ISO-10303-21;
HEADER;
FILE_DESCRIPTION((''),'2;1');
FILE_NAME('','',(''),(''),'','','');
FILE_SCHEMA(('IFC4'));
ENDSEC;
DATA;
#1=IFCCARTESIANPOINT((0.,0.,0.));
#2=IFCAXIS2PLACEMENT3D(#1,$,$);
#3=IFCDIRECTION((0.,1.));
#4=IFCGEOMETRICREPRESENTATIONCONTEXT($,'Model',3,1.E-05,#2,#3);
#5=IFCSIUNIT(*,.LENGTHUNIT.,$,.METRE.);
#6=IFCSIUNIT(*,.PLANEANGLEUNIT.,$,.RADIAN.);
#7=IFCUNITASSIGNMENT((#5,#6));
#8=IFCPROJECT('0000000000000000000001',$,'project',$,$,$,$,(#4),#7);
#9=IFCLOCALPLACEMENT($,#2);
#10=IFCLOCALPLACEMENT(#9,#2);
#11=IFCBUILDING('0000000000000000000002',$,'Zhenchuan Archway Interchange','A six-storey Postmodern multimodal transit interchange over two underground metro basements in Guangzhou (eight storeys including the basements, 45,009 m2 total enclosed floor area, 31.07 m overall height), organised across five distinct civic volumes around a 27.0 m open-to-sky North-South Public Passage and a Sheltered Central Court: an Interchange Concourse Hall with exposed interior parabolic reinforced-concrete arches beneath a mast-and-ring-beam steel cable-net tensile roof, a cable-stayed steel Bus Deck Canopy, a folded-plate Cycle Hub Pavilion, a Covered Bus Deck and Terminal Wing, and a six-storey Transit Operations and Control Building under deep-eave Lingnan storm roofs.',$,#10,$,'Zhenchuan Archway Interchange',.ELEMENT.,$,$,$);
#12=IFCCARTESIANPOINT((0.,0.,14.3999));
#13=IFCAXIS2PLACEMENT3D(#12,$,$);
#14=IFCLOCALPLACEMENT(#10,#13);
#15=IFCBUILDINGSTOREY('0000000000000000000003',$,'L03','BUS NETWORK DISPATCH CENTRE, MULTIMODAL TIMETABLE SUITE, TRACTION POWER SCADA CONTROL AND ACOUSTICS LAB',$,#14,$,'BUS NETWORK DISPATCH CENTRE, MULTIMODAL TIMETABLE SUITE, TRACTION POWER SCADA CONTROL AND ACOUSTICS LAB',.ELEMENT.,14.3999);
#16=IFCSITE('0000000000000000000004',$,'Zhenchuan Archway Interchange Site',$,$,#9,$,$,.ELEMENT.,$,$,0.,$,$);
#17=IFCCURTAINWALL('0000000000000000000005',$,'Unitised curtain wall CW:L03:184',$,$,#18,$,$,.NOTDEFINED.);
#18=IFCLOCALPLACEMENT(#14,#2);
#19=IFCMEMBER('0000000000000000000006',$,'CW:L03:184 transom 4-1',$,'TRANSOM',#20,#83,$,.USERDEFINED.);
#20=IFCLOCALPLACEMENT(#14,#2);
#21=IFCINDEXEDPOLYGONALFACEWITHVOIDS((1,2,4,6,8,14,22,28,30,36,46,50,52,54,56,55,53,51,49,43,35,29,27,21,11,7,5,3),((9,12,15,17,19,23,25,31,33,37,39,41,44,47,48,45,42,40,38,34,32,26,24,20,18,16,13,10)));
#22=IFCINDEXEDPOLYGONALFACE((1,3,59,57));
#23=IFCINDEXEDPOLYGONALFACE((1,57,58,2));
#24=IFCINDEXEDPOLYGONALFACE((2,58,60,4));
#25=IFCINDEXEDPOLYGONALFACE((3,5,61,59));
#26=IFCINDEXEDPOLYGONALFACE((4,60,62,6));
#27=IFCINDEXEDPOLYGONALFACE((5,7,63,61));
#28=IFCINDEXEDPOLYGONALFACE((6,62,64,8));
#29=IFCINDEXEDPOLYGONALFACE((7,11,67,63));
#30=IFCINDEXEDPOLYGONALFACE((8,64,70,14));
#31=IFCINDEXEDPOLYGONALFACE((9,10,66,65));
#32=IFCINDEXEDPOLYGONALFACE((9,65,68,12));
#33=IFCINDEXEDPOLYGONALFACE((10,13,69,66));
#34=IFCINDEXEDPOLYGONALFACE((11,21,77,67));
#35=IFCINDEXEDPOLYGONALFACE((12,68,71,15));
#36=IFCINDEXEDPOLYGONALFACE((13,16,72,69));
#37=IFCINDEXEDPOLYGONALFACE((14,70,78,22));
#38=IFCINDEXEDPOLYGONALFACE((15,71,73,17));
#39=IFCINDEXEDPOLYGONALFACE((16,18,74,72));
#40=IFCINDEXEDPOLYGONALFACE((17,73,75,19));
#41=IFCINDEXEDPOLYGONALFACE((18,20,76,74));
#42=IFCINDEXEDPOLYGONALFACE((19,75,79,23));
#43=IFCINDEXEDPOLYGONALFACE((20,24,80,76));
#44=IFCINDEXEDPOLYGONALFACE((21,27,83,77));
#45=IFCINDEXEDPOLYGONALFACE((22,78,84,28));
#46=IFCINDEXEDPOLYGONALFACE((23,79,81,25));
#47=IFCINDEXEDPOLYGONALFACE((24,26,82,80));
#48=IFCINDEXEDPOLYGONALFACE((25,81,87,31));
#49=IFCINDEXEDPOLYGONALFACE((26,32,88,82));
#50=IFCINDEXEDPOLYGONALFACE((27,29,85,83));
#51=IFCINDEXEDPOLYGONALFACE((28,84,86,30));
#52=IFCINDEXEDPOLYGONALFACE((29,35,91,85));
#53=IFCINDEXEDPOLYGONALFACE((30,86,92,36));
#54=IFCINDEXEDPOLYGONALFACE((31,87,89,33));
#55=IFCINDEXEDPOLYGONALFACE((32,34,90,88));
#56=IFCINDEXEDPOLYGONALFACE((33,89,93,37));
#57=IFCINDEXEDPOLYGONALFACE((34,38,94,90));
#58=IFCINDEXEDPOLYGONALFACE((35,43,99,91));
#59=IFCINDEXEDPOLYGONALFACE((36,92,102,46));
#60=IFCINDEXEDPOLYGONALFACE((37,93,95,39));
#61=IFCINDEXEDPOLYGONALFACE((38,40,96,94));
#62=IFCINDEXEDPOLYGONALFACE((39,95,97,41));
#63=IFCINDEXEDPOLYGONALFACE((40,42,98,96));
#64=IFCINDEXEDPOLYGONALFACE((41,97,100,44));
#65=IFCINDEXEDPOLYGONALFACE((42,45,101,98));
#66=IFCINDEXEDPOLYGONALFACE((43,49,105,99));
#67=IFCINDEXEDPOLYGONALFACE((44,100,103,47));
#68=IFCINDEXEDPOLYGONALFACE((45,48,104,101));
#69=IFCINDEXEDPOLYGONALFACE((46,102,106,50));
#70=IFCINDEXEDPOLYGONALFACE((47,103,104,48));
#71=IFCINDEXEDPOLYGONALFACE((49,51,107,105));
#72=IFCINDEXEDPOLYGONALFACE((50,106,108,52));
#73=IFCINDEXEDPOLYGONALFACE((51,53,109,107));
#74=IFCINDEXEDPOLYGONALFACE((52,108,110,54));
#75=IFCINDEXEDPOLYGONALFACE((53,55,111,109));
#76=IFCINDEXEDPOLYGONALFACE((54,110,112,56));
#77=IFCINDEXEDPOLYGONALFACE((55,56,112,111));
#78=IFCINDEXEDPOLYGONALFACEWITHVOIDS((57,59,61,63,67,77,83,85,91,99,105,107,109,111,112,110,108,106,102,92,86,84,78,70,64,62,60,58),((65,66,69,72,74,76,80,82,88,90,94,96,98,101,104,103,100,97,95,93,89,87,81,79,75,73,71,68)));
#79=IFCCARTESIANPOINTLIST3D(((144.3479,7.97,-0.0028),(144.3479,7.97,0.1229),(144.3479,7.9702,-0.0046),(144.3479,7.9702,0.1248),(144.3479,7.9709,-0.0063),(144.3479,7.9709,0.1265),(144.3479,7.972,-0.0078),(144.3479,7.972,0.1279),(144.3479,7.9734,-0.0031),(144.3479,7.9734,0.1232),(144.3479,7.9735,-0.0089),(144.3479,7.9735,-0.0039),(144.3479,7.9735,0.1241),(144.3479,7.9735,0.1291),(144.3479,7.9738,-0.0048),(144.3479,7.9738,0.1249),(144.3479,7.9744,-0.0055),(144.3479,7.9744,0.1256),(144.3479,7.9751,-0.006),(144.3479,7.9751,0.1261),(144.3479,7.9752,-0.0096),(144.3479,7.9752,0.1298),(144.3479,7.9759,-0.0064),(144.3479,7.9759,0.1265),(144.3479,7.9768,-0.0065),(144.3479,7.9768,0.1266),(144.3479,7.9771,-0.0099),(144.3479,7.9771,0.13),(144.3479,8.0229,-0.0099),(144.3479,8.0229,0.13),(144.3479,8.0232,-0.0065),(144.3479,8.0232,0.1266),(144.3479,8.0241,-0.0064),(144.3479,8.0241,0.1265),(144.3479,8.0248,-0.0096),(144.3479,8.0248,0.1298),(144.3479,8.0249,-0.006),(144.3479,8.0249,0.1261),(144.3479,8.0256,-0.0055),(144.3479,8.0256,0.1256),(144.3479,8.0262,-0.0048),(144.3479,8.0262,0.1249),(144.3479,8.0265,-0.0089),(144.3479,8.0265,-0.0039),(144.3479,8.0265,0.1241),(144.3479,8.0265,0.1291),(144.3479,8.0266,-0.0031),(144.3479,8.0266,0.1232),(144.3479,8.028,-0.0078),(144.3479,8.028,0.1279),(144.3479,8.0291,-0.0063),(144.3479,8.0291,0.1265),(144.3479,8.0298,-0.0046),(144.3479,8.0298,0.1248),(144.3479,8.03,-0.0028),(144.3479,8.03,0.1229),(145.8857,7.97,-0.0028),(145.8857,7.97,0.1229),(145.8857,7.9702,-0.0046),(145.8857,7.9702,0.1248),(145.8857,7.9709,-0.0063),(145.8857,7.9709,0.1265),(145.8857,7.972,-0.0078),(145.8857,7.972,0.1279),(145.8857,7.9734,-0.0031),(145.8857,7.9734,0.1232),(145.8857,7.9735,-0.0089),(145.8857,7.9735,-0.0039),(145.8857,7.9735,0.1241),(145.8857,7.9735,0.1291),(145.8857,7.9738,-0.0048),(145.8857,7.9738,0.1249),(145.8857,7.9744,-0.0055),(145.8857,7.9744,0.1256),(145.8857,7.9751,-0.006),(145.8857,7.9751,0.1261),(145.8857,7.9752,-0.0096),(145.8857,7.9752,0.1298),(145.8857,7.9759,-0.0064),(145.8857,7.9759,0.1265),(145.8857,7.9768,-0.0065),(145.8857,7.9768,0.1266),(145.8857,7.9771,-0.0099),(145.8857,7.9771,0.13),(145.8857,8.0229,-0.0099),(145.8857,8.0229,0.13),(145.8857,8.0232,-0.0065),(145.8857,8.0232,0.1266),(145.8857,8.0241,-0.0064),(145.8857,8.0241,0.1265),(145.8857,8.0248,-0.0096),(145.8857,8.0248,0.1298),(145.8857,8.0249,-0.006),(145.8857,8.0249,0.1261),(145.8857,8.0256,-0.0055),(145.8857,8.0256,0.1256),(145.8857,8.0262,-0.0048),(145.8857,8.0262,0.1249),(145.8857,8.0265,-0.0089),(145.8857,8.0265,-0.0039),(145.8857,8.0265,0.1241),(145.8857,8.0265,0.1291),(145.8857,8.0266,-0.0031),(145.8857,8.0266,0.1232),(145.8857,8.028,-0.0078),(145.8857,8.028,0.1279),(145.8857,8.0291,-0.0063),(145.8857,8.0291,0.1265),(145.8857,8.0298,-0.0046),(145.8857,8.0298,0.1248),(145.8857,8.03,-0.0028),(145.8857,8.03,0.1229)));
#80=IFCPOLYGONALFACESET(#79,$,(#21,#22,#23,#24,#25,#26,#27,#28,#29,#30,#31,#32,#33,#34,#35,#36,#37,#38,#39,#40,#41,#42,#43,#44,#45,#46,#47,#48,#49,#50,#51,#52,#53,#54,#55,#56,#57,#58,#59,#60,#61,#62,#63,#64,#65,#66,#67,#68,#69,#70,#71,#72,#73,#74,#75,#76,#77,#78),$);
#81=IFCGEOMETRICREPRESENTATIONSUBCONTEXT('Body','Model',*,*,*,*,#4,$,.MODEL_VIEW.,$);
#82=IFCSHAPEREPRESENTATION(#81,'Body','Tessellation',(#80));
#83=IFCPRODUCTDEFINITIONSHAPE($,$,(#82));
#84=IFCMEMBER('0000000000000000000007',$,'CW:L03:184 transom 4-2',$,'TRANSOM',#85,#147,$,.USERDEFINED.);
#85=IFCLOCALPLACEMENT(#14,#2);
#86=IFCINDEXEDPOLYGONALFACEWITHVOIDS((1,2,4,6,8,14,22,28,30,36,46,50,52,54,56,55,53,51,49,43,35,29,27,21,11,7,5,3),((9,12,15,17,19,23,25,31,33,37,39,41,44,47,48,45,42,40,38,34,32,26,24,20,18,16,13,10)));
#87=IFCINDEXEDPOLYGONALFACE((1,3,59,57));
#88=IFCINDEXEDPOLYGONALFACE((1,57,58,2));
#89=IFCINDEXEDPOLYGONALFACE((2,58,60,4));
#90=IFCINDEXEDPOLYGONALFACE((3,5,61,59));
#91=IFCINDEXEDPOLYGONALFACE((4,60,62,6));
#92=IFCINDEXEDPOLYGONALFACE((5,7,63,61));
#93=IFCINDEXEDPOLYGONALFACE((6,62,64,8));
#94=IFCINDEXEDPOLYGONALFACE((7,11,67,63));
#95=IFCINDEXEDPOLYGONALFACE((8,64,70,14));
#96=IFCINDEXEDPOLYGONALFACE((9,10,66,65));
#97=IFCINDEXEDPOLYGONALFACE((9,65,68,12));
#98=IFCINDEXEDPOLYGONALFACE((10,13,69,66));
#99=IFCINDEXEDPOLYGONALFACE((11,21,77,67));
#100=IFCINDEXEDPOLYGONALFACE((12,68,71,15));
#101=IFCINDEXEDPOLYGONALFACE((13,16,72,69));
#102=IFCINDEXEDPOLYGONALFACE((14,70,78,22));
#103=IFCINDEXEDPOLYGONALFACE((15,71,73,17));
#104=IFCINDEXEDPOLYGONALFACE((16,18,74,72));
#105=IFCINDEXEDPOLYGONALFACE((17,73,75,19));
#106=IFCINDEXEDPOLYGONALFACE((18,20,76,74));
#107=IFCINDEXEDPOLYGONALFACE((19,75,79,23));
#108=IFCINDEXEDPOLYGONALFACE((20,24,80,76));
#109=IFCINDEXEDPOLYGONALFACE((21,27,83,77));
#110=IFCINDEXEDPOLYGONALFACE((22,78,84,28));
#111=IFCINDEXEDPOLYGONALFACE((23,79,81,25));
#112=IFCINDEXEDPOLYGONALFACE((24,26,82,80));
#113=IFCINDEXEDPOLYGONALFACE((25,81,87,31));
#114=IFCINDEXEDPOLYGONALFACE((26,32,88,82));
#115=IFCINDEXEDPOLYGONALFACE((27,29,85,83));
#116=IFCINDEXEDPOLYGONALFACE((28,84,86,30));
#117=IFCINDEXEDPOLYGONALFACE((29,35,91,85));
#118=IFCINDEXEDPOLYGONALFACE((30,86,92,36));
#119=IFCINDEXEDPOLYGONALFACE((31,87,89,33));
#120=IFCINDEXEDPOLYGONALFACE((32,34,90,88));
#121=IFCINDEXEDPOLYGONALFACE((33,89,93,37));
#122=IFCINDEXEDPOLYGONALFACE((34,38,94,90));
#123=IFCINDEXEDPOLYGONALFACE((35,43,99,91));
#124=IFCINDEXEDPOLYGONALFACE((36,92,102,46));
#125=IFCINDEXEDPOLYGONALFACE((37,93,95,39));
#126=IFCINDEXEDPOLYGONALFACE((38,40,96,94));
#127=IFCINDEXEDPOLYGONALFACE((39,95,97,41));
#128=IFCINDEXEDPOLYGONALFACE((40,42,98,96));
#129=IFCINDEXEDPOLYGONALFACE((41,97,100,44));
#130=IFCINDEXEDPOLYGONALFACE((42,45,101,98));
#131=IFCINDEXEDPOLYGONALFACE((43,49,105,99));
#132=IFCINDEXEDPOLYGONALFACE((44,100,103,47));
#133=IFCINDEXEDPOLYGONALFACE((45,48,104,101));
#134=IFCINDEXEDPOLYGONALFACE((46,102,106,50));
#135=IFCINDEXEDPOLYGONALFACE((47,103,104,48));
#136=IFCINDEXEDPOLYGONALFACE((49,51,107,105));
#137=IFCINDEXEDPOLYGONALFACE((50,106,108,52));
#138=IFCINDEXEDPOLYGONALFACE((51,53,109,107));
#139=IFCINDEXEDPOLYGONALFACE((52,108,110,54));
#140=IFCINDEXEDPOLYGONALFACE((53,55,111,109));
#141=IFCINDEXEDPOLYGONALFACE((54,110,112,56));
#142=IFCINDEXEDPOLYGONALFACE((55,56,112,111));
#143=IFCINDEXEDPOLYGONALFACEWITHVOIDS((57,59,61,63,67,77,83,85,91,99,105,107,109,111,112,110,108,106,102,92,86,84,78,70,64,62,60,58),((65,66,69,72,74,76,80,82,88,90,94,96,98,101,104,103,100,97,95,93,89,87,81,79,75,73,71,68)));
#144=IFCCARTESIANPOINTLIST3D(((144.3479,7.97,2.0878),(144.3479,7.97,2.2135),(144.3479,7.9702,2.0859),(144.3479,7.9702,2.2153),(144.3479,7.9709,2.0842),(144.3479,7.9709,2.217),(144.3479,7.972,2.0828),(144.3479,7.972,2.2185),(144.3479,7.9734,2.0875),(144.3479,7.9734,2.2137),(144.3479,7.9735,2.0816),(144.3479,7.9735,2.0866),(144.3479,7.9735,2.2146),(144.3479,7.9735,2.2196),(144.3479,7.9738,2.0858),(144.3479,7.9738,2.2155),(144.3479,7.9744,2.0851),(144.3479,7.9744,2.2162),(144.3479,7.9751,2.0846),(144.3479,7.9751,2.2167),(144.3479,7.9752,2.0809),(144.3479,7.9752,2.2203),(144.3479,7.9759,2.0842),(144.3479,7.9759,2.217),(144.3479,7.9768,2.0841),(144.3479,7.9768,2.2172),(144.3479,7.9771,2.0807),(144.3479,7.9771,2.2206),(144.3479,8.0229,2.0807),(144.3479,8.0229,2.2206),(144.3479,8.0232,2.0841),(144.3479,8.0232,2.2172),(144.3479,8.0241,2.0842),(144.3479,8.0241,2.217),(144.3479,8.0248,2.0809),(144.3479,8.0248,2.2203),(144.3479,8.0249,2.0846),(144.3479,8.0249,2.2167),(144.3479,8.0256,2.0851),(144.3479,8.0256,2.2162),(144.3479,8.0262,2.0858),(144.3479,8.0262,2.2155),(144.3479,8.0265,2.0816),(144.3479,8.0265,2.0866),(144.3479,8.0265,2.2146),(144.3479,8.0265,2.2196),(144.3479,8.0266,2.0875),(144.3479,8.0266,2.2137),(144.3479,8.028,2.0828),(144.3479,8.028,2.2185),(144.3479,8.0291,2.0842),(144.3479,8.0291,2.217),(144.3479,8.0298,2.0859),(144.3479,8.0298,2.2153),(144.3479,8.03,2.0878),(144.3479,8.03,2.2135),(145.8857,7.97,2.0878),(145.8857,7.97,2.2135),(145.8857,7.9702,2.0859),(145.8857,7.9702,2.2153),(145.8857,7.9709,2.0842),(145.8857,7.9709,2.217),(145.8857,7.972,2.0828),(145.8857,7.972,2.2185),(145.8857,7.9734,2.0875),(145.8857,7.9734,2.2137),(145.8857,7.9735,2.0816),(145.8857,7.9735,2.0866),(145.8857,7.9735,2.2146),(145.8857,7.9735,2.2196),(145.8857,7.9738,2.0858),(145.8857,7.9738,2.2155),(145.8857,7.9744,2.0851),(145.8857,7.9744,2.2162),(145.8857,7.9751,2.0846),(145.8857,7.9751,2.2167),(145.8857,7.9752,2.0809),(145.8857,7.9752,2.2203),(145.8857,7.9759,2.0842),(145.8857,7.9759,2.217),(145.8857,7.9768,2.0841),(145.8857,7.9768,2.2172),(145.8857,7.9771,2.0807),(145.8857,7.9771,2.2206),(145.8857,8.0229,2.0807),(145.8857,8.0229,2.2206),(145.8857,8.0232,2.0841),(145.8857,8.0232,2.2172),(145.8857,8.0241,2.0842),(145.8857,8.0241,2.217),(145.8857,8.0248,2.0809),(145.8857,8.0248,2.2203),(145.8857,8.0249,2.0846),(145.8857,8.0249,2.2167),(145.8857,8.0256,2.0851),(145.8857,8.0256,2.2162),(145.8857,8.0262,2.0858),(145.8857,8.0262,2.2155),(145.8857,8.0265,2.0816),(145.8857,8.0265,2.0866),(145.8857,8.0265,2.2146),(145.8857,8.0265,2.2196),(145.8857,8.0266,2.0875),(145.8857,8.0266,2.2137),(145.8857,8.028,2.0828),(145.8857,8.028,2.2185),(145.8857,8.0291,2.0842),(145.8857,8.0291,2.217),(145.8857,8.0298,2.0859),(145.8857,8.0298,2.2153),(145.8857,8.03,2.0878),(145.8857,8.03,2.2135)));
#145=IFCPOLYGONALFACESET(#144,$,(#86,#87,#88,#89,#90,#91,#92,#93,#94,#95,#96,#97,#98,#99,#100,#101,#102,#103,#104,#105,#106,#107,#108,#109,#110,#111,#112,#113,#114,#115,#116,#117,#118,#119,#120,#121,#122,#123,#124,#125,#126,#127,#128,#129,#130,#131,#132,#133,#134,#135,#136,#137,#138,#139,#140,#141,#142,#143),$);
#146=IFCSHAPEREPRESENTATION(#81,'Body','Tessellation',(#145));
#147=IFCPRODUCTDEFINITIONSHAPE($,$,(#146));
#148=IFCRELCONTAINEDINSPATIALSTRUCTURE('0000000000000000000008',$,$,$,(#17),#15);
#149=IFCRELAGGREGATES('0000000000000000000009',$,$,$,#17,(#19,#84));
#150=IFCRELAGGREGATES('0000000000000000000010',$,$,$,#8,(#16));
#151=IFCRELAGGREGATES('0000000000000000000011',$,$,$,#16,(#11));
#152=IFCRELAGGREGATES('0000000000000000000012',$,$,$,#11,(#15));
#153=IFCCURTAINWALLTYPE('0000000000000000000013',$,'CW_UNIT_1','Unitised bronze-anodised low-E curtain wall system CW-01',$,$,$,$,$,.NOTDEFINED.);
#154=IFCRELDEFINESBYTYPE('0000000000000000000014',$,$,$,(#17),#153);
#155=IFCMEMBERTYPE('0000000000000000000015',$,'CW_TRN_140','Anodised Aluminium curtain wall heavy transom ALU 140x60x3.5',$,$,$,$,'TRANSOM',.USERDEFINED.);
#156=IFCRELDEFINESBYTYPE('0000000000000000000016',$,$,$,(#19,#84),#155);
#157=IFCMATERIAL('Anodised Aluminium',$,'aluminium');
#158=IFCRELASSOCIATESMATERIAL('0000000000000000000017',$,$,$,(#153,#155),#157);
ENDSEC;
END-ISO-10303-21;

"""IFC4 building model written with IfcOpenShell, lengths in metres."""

from ifc_helpers import new_model, si_unit, direction, frame, origin, origin_2d, place, context, subcontext, project, spatial, hollow_rectangle, extrude, material, material_profile, profile_set, type_object, element, aggregate, save


model = new_model("IFC4")

# Units and contexts
model_context = context("Model", 3, precision=1e-05, world=origin(), true_north=direction((0.0, 1.0)))
body_context = subcontext(model_context, "Body", "Model", "MODEL_VIEW")
ifc_project = project(units=[si_unit("LENGTHUNIT", "METRE"), si_unit("PLANEANGLEUNIT", "RADIAN")], contexts=[model_context])

# Site, building, storey
site_placement = place(None, origin())
site = spatial("IfcSite", under=ifc_project, at=site_placement, Name="Zhenchuan Archway Interchange Site", CompositionType="ELEMENT", RefElevation=0.0)
building_placement = place(site_placement, origin())
building = spatial("IfcBuilding", under=site, at=building_placement, Name="Zhenchuan Archway Interchange", Description="A six-storey Postmodern multimodal transit interchange over two underground metro basements in Guangzhou (eight storeys including the basements, 45,009 m2 total enclosed floor area, 31.07 m overall height), organised across five distinct civic volumes around a 27.0 m open-to-sky North-South Public Passage and a Sheltered Central Court: an Interchange Concourse Hall with exposed interior parabolic reinforced-concrete arches beneath a mast-and-ring-beam steel cable-net tensile roof, a cable-stayed steel Bus Deck Canopy, a folded-plate Cycle Hub Pavilion, a Covered Bus Deck and Terminal Wing, and a six-storey Transit Operations and Control Building under deep-eave Lingnan storm roofs.", LongName="Zhenchuan Archway Interchange", CompositionType="ELEMENT")
storey_placement = place(building_placement, frame((0.0, 0.0, 14.3999)))
storey = spatial("IfcBuildingStorey", under=building, at=storey_placement, Name="L03", Description="BUS NETWORK DISPATCH CENTRE, MULTIMODAL TIMETABLE SUITE, TRACTION POWER SCADA CONTROL AND ACOUSTICS LAB", LongName="BUS NETWORK DISPATCH CENTRE, MULTIMODAL TIMETABLE SUITE, TRACTION POWER SCADA CONTROL AND ACOUSTICS LAB", CompositionType="ELEMENT", Elevation=14.3999)

# Curtain wall, members
ifc_material_1 = material(Name="Anodised Aluminium", Category="aluminium")
curtain_wall_type = type_object("IfcCurtainWallType", Name="CW_UNIT_1", Description="Unitised bronze-anodised low-E curtain wall system CW-01", PredefinedType="NOTDEFINED", material=ifc_material_1)
curtain_wall_placement = place(storey_placement, origin())
curtain_wall = element("IfcCurtainWall", 1, at=curtain_wall_placement, inside=storey, type_object=curtain_wall_type, Name="Unitised curtain wall CW:L03:184", PredefinedType="NOTDEFINED")
ifc_material_profile_1 = material_profile(ifc_material_1, hollow_rectangle(XDim=0.0601, YDim=0.1399, WallThickness=0.0034, InnerFilletRadius=0.0034, OuterFilletRadius=0.0071, at=origin_2d()), Name="ALU 140x60x3.5")
ifc_profile_set_1 = profile_set([ifc_material_profile_1], Name="Anodised Aluminium")
member_type_1 = type_object("IfcMemberType", Name="CW_TRN_140", Description="Anodised Aluminium curtain wall heavy transom ALU 140x60x3.5", ElementType="TRANSOM", PredefinedType="USERDEFINED", material=ifc_profile_set_1)
member_1_placement = place(storey_placement, frame((145.8857, 8.0, 0.0601), z_axis=(-1.0, 0.0, 0.0), x_axis=(0.0, -1.0, 0.0)))
member_1 = element("IfcMember", 2, at=member_1_placement, type_object=member_type_1, Name="CW:L03:184 transom 4-1", ObjectType="TRANSOM", PredefinedType="USERDEFINED", context=body_context, shape_type="SweptSolid", body=[
    extrude(hollow_rectangle(XDim=0.0601, YDim=0.1399, WallThickness=0.0034, InnerFilletRadius=0.0034, OuterFilletRadius=0.0071, at=origin_2d()), origin(), (0.0, 0.0, 1.0), 1.5378),
])
member_2_placement = place(storey_placement, frame((145.8857, 8.0, 2.1506), z_axis=(-1.0, 0.0, 0.0), x_axis=(0.0, -1.0, 0.0)))
member_2 = element("IfcMember", 3, at=member_2_placement, type_object=member_type_1, Name="CW:L03:184 transom 4-2", ObjectType="TRANSOM", PredefinedType="USERDEFINED", context=body_context, shape_type="SweptSolid", body=[
    extrude(hollow_rectangle(XDim=0.0601, YDim=0.1399, WallThickness=0.0034, InnerFilletRadius=0.0034, OuterFilletRadius=0.0071, at=origin_2d()), origin(), (0.0, 0.0, 1.0), 1.5378),
])

aggregate(curtain_wall, [member_1, member_2])

save(model, "model.ifc")
